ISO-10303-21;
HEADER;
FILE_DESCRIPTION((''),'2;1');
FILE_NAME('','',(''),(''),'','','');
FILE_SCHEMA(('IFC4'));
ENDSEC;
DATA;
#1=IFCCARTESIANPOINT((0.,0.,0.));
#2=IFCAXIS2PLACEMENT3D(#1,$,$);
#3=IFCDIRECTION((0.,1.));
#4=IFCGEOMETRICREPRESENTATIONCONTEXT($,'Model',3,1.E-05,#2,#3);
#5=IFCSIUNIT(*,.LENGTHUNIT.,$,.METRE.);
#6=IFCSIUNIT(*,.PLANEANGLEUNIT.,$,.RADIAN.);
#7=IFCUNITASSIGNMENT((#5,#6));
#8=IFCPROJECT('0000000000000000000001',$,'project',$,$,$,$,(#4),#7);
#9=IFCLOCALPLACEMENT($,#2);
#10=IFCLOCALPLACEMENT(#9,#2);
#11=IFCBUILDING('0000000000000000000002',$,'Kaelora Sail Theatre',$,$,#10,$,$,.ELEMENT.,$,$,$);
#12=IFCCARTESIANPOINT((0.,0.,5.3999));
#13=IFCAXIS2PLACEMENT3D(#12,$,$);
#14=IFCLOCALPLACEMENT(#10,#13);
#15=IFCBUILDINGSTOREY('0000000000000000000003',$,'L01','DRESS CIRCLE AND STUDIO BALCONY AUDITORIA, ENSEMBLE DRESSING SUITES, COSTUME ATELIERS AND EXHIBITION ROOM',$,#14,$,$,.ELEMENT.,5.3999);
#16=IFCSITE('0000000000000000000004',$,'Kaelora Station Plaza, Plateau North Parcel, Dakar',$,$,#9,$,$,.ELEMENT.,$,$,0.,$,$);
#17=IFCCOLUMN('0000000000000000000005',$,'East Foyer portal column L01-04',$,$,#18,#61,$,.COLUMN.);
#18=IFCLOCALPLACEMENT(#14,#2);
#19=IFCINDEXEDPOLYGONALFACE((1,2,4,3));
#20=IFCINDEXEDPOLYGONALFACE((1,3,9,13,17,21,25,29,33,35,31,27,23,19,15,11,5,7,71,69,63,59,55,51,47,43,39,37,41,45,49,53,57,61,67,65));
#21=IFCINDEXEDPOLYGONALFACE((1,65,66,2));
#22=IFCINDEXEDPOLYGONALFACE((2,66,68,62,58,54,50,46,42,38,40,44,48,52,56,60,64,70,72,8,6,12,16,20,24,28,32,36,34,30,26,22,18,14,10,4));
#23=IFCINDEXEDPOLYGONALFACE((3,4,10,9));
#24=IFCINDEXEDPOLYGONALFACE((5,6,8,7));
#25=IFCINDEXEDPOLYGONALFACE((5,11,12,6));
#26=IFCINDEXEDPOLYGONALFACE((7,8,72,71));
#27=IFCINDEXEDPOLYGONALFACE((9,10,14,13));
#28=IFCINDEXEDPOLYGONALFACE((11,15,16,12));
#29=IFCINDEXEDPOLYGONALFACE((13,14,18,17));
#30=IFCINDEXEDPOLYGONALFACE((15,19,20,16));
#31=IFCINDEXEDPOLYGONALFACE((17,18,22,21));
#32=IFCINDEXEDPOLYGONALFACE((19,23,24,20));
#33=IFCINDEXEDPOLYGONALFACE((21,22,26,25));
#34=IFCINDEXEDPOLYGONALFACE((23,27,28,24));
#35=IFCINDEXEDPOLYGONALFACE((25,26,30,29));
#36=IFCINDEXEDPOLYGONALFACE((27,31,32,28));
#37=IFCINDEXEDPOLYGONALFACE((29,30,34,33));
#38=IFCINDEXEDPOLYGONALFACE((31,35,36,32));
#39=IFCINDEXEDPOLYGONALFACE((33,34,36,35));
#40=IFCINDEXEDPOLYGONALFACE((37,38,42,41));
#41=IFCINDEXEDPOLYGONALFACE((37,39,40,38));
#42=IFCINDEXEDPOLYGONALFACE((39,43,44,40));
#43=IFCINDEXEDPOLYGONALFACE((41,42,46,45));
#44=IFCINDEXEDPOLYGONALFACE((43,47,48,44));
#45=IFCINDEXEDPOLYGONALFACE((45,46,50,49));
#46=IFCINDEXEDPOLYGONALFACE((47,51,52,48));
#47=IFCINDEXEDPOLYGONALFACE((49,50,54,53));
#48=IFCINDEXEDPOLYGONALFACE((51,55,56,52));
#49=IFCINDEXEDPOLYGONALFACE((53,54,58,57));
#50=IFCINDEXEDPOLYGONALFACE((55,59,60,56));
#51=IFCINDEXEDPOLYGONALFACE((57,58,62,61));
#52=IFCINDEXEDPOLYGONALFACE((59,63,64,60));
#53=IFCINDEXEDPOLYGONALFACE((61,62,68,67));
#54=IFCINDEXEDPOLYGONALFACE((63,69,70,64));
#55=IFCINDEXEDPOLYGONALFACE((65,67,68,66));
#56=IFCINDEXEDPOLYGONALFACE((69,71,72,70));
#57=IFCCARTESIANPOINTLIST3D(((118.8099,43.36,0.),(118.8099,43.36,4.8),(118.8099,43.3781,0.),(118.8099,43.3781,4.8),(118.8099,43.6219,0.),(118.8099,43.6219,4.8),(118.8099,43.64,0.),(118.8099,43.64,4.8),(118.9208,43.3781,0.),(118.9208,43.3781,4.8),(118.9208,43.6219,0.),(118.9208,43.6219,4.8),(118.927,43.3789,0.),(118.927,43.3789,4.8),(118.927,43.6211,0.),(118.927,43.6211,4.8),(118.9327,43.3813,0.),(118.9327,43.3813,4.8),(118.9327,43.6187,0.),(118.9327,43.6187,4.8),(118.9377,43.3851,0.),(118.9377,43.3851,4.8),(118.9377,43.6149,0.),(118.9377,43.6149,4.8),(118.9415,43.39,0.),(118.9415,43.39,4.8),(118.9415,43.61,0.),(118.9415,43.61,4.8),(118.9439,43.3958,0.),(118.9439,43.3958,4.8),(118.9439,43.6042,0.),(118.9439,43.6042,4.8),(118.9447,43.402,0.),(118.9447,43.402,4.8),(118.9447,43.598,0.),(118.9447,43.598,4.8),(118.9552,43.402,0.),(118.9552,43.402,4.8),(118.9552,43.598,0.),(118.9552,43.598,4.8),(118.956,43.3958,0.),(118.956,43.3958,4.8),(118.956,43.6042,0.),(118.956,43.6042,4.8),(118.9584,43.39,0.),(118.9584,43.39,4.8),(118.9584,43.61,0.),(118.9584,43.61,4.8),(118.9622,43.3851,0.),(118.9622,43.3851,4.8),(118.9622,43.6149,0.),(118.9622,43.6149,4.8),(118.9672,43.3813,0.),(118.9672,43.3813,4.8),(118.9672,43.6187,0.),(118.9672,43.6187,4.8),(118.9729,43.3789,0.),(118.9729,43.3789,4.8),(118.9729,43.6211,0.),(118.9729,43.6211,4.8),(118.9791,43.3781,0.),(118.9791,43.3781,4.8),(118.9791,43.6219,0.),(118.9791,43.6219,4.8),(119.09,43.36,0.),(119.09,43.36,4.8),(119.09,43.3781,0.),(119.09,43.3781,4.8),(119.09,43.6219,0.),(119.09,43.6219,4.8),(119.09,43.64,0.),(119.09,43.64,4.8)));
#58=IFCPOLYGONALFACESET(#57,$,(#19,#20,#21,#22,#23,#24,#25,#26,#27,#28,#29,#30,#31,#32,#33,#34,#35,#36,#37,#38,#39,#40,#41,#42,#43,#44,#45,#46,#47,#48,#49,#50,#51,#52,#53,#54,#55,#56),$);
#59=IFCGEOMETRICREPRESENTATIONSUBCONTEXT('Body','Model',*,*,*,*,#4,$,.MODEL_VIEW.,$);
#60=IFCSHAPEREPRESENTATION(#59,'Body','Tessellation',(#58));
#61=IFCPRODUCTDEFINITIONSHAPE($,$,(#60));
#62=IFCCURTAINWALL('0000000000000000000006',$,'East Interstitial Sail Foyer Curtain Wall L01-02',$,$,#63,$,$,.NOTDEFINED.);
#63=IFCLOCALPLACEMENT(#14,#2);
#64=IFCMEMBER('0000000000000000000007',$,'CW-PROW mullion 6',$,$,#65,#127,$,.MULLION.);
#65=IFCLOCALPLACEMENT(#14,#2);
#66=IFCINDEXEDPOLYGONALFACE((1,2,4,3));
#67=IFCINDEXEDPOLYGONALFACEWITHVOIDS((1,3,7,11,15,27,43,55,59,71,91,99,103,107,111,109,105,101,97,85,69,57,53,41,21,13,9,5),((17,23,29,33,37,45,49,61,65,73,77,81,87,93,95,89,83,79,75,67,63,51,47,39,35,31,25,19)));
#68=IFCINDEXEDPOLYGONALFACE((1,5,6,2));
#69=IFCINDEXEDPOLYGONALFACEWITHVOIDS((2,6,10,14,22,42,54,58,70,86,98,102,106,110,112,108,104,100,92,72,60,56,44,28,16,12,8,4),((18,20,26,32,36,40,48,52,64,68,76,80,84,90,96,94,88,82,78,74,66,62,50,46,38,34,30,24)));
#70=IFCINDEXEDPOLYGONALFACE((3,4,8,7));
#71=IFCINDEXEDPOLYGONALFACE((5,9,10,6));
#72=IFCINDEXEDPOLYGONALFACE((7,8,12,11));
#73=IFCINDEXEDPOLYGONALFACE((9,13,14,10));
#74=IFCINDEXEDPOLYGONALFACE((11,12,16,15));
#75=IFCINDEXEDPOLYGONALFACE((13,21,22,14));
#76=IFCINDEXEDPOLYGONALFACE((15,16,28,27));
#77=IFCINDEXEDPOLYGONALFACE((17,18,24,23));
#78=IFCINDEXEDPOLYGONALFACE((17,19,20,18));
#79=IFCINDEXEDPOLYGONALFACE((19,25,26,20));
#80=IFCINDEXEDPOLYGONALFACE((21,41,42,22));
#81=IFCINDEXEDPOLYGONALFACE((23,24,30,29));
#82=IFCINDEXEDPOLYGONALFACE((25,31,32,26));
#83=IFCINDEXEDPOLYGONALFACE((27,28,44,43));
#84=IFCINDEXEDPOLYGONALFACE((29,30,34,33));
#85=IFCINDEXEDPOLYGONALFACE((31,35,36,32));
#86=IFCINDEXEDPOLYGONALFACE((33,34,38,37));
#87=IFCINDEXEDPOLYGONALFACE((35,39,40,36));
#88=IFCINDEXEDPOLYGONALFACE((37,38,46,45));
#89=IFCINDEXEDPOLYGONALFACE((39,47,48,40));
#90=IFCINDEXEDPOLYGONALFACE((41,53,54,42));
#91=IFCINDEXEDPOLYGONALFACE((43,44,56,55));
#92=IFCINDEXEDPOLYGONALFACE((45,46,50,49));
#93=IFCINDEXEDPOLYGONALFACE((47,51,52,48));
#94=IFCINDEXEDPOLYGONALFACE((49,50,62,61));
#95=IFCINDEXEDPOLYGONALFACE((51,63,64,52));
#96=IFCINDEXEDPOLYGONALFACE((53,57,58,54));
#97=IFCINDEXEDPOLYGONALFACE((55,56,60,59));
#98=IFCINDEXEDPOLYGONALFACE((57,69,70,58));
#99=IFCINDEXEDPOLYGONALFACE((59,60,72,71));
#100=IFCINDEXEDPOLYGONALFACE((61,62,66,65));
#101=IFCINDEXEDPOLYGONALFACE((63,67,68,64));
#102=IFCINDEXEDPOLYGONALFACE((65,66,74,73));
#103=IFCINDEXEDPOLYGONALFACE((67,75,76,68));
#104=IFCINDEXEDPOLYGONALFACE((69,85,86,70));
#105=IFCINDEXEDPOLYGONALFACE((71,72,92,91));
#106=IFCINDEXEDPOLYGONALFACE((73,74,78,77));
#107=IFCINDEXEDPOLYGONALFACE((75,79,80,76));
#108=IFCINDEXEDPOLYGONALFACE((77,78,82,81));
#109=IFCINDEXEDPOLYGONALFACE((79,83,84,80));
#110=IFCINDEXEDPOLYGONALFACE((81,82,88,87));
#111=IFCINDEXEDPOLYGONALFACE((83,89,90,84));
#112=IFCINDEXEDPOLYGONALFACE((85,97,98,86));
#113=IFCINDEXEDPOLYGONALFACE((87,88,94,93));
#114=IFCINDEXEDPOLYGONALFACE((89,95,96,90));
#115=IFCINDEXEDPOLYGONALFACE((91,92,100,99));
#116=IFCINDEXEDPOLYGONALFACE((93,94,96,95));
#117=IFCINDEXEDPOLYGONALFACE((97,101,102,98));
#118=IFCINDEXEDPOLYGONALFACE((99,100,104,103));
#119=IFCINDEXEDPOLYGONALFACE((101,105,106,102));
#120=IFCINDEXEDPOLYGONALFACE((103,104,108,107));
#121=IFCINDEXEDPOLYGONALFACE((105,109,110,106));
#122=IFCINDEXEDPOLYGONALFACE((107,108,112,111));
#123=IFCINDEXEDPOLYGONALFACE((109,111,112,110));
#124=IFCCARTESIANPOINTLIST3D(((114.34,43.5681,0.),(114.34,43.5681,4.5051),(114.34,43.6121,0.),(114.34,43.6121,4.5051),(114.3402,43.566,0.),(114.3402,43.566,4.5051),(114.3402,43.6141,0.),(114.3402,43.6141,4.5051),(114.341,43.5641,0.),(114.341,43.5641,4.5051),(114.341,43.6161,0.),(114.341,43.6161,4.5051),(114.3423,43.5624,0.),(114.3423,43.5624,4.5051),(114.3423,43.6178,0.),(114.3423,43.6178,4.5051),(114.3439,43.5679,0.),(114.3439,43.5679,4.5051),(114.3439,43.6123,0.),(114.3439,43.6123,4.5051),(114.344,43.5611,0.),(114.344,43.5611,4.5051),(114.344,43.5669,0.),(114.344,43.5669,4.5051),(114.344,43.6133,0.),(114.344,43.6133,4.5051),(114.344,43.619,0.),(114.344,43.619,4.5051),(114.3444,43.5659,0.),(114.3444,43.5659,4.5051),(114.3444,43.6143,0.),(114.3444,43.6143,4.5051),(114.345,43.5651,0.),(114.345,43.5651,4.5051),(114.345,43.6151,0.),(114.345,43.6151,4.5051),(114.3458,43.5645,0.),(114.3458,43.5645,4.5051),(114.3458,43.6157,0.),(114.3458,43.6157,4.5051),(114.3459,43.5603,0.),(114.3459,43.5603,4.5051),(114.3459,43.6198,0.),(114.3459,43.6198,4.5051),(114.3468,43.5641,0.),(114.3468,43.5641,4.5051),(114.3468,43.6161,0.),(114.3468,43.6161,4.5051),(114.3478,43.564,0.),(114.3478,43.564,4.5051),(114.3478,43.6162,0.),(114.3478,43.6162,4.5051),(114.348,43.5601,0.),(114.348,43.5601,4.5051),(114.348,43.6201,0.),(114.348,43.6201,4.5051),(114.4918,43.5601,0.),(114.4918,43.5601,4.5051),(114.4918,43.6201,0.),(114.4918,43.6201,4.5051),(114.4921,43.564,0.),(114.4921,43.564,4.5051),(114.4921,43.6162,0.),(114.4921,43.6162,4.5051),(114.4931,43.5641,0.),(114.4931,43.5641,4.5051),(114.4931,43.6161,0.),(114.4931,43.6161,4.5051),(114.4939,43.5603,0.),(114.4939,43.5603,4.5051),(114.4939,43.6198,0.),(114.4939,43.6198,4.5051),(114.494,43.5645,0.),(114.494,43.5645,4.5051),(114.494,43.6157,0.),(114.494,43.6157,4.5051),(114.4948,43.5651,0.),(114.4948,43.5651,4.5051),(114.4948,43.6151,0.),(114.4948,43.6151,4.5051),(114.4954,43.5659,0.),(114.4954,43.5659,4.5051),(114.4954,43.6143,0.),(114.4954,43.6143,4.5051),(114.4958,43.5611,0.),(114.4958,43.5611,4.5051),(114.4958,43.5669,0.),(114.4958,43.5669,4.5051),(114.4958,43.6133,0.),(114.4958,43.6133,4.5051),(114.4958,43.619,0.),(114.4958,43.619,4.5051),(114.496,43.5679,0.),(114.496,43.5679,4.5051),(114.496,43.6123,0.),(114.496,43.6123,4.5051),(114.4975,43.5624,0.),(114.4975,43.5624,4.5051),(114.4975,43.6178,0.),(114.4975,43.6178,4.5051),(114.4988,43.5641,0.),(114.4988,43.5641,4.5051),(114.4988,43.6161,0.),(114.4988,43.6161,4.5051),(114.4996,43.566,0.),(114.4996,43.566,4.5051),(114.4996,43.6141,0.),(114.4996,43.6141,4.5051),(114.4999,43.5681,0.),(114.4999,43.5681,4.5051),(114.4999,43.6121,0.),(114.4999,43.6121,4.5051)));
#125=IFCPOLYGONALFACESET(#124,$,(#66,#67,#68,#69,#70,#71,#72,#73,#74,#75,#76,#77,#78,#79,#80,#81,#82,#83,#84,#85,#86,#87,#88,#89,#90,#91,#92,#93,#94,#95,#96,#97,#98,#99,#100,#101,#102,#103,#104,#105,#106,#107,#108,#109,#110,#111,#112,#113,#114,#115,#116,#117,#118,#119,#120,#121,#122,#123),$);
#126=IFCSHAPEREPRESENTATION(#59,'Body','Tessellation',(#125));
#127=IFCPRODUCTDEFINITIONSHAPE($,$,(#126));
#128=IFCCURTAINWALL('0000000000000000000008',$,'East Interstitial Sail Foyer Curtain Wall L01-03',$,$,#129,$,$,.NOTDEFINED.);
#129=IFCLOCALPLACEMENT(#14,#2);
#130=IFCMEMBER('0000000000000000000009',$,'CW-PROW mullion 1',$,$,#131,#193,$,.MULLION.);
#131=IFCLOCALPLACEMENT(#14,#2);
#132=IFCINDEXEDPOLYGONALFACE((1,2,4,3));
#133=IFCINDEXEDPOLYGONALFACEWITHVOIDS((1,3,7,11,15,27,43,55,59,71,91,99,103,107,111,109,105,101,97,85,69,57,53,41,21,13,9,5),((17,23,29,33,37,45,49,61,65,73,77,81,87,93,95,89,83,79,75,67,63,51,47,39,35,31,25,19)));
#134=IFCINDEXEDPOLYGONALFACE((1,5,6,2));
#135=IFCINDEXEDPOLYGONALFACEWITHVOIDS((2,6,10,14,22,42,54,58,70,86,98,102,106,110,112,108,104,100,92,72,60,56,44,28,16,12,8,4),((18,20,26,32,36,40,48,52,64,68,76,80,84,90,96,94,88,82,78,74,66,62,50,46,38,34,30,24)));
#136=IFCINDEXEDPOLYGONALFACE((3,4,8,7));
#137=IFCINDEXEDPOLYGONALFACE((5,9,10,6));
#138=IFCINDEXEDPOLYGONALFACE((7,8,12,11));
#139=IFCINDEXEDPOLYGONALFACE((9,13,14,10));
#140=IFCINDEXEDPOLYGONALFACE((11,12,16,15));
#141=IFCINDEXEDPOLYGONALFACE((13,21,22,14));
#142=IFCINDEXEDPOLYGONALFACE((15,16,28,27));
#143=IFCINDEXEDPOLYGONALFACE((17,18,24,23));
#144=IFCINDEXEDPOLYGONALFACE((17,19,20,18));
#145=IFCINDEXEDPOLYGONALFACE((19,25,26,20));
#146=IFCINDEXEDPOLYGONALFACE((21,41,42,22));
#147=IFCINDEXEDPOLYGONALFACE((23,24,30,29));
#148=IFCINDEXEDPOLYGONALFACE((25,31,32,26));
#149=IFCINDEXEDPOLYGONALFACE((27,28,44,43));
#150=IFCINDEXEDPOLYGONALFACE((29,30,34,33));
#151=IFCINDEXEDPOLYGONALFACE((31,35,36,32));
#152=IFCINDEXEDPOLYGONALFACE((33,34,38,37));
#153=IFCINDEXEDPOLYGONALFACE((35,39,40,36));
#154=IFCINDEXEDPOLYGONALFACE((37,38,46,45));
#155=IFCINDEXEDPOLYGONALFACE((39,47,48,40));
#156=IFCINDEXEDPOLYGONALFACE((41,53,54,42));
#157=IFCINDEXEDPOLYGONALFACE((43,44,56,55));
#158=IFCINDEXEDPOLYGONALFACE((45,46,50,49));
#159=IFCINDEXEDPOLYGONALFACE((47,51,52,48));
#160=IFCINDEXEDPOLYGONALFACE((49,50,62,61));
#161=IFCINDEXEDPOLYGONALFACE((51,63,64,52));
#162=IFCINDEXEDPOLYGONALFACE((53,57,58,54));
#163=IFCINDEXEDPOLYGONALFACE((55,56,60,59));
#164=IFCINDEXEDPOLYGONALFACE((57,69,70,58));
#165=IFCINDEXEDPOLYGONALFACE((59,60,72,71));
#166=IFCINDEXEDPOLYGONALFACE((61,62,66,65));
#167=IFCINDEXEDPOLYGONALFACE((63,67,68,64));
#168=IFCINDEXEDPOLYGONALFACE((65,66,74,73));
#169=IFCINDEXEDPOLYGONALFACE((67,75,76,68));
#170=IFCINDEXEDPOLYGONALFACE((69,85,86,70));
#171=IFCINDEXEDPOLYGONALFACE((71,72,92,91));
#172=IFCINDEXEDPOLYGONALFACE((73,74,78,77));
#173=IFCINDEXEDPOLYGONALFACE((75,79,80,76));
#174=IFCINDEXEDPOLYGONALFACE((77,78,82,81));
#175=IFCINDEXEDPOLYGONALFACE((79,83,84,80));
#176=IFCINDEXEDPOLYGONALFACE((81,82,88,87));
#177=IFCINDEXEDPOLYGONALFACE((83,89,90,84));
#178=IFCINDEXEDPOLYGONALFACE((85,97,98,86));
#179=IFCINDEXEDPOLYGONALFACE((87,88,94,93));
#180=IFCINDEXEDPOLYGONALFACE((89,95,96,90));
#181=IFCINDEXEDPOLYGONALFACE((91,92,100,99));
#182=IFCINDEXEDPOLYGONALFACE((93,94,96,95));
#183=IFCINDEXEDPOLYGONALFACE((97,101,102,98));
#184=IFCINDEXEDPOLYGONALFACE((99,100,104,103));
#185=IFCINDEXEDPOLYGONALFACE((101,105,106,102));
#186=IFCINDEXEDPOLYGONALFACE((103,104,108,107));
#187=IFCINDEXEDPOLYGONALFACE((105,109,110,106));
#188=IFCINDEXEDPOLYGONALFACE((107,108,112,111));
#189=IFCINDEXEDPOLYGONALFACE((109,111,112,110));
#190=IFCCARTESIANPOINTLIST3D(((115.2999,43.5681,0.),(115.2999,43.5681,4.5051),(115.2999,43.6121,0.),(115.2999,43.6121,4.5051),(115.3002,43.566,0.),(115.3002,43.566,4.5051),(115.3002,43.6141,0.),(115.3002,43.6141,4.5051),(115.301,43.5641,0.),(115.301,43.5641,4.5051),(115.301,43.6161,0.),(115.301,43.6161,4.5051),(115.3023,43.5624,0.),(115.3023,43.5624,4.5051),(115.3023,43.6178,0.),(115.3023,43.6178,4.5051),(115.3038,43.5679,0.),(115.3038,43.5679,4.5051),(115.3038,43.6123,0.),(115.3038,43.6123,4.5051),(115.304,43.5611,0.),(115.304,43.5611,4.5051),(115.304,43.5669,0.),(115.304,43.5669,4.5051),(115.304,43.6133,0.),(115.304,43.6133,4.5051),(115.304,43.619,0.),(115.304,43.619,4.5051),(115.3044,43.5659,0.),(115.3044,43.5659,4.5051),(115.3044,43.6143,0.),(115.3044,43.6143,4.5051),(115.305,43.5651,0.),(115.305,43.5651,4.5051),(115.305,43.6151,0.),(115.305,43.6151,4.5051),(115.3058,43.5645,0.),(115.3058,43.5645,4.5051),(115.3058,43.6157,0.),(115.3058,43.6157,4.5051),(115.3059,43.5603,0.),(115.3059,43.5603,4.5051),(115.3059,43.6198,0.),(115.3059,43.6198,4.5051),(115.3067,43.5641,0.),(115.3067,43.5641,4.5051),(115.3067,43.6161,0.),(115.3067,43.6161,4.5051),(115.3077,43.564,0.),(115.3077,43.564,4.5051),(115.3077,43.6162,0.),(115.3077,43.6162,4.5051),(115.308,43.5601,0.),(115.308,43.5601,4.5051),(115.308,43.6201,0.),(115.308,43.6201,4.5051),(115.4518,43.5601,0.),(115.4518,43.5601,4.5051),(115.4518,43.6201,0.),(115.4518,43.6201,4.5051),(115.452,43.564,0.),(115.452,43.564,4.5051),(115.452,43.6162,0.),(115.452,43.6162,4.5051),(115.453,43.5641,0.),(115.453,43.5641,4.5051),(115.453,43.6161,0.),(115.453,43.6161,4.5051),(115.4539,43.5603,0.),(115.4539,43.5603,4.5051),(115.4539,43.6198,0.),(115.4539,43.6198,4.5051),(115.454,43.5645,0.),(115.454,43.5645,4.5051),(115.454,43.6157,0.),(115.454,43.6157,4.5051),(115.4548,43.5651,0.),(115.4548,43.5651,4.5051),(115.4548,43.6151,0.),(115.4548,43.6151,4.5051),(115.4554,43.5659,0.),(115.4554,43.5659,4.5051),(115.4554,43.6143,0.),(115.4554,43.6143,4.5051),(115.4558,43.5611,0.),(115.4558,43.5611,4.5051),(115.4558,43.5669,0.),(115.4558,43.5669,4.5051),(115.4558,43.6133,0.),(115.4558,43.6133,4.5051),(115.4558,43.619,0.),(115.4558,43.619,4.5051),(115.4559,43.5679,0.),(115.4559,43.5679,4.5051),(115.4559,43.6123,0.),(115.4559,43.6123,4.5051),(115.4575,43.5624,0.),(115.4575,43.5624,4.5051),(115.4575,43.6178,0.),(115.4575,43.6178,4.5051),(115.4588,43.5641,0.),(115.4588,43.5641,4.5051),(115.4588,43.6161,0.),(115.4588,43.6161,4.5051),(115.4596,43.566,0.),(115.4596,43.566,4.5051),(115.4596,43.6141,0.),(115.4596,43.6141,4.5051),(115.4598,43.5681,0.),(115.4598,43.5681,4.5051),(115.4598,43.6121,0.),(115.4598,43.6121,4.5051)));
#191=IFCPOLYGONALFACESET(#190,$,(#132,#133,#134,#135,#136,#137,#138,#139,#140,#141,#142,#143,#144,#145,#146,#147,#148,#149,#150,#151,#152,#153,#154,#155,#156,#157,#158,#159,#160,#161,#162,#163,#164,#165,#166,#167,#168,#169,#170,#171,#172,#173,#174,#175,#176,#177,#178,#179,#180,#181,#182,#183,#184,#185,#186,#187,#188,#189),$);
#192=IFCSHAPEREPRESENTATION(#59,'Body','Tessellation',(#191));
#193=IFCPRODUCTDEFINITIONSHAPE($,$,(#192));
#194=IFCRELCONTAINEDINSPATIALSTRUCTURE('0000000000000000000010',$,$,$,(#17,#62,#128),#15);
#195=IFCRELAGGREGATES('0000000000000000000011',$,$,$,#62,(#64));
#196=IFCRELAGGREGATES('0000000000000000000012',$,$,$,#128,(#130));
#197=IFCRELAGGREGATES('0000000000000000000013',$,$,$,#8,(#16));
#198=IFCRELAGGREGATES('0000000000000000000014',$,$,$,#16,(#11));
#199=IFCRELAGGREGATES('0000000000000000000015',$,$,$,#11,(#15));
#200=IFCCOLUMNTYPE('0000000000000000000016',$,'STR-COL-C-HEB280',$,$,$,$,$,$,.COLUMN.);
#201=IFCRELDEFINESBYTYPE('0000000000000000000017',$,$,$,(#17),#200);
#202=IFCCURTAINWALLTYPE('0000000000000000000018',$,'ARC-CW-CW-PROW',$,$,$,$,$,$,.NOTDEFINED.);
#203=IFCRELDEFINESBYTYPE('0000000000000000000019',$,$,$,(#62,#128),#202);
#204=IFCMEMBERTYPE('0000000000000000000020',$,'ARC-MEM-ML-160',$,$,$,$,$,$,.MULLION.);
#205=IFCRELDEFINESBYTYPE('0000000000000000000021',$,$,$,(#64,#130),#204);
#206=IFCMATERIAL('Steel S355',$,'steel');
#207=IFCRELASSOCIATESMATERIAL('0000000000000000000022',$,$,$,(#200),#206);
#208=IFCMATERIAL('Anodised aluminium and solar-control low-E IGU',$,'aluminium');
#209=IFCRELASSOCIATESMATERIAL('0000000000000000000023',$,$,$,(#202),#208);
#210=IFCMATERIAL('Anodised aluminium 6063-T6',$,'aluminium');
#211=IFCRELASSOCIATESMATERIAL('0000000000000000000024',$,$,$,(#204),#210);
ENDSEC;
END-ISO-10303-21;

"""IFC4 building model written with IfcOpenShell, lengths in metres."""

from ifc_helpers import new_model, si_unit, direction, frame, origin, origin_2d, place, context, subcontext, project, spatial, hollow_rectangle, i_section, extrude, material, material_profile, profile_set, type_object, element, aggregate, save


model = new_model("IFC4")

# Units and contexts
model_context = context("Model", 3, precision=1e-05, world=origin(), true_north=direction((0.0, 1.0)))
body_context = subcontext(model_context, "Body", "Model", "MODEL_VIEW")
ifc_project = project(units=[si_unit("LENGTHUNIT", "METRE"), si_unit("PLANEANGLEUNIT", "RADIAN")], contexts=[model_context])

# Site, building, storey
site_placement = place(None, origin())
site = spatial("IfcSite", under=ifc_project, at=site_placement, Name="Kaelora Station Plaza, Plateau North Parcel, Dakar", CompositionType="ELEMENT", RefElevation=0.0)
building_placement = place(site_placement, origin())
building = spatial("IfcBuilding", under=site, at=building_placement, Name="Kaelora Sail Theatre", CompositionType="ELEMENT")
storey_placement = place(building_placement, frame((0.0, 0.0, 5.3999)))
storey = spatial("IfcBuildingStorey", under=building, at=storey_placement, Name="L01", Description="DRESS CIRCLE AND STUDIO BALCONY AUDITORIA, ENSEMBLE DRESSING SUITES, COSTUME ATELIERS AND EXHIBITION ROOM", CompositionType="ELEMENT", Elevation=5.3999)

# Column
ifc_material_1 = material(Name="Steel S355", Category="steel")
ifc_material_profile_1 = material_profile(ifc_material_1, i_section(OverallWidth=0.28, OverallDepth=0.28, WebThickness=0.0105, FlangeThickness=0.0181, FilletRadius=0.0239, at=origin_2d()), Name="HEB 280")
ifc_profile_set_1 = profile_set([ifc_material_profile_1], Name="Steel S355")
column_type = type_object("IfcColumnType", Name="STR-COL-C-HEB280", PredefinedType="COLUMN", material=ifc_profile_set_1)
column_placement = place(storey_placement, frame((118.95, 43.5, 0.0), z_axis=(0.0, 0.0, 1.0), x_axis=(1.0, 0.0, 0.0)))
element("IfcColumn", 1, at=column_placement, inside=storey, type_object=column_type, Name="East Foyer portal column L01-04", PredefinedType="COLUMN", context=body_context, shape_type="SweptSolid", body=[
    extrude(i_section(OverallWidth=0.28, OverallDepth=0.28, WebThickness=0.0105, FlangeThickness=0.0181, FilletRadius=0.0239, at=origin_2d()), origin(), (0.0, 0.0, 1.0), 4.8),
])

# Curtain wall, member
ifc_material_2 = material(Name="Anodised aluminium and solar-control low-E IGU", Category="aluminium")
curtain_wall_type = type_object("IfcCurtainWallType", Name="ARC-CW-CW-PROW", PredefinedType="NOTDEFINED", material=ifc_material_2)
curtain_wall_1_placement = place(storey_placement, origin())
curtain_wall_1 = element("IfcCurtainWall", 2, at=curtain_wall_1_placement, inside=storey, type_object=curtain_wall_type, Name="East Interstitial Sail Foyer Curtain Wall L01-02", PredefinedType="NOTDEFINED")
ifc_material_3 = material(Name="Anodised aluminium 6063-T6", Category="aluminium")
ifc_material_profile_2 = material_profile(ifc_material_3, hollow_rectangle(XDim=0.0601, YDim=0.1599, WallThickness=0.0039, InnerFilletRadius=0.0039, OuterFilletRadius=0.0081, at=origin_2d()), Name="ALU-MULL 60x160x4")
ifc_profile_set_2 = profile_set([ifc_material_profile_2], Name="Anodised aluminium 6063-T6")
member_type_1 = type_object("IfcMemberType", Name="ARC-MEM-ML-160", PredefinedType="MULLION", material=ifc_profile_set_2)
member_1_placement = place(storey_placement, frame((114.4199, 43.5901, 0.0), z_axis=(0.0, 0.0, 1.0), x_axis=(0.0, 1.0, 0.0)))
member_1 = element("IfcMember", 3, at=member_1_placement, type_object=member_type_1, Name="CW-PROW mullion 6", PredefinedType="MULLION", context=body_context, shape_type="SweptSolid", body=[
    extrude(hollow_rectangle(XDim=0.0601, YDim=0.1599, WallThickness=0.0039, InnerFilletRadius=0.0039, OuterFilletRadius=0.0081, at=origin_2d()), origin(), (0.0, 0.0, 1.0), 4.5051),
])

# Curtain wall, member
curtain_wall_2_placement = place(storey_placement, origin())
curtain_wall_2 = element("IfcCurtainWall", 4, at=curtain_wall_2_placement, inside=storey, type_object=curtain_wall_type, Name="East Interstitial Sail Foyer Curtain Wall L01-03", PredefinedType="NOTDEFINED")
member_2_placement = place(storey_placement, frame((115.3799, 43.5901, 0.0), z_axis=(0.0, 0.0, 1.0), x_axis=(0.0, 1.0, 0.0)))
member_2 = element("IfcMember", 5, at=member_2_placement, type_object=member_type_1, Name="CW-PROW mullion 1", PredefinedType="MULLION", context=body_context, shape_type="SweptSolid", body=[
    extrude(hollow_rectangle(XDim=0.0601, YDim=0.1599, WallThickness=0.0039, InnerFilletRadius=0.0039, OuterFilletRadius=0.0081, at=origin_2d()), origin(), (0.0, 0.0, 1.0), 4.5051),
])

aggregate(curtain_wall_1, [member_1])
aggregate(curtain_wall_2, [member_2])

save(model, "model.ifc")
